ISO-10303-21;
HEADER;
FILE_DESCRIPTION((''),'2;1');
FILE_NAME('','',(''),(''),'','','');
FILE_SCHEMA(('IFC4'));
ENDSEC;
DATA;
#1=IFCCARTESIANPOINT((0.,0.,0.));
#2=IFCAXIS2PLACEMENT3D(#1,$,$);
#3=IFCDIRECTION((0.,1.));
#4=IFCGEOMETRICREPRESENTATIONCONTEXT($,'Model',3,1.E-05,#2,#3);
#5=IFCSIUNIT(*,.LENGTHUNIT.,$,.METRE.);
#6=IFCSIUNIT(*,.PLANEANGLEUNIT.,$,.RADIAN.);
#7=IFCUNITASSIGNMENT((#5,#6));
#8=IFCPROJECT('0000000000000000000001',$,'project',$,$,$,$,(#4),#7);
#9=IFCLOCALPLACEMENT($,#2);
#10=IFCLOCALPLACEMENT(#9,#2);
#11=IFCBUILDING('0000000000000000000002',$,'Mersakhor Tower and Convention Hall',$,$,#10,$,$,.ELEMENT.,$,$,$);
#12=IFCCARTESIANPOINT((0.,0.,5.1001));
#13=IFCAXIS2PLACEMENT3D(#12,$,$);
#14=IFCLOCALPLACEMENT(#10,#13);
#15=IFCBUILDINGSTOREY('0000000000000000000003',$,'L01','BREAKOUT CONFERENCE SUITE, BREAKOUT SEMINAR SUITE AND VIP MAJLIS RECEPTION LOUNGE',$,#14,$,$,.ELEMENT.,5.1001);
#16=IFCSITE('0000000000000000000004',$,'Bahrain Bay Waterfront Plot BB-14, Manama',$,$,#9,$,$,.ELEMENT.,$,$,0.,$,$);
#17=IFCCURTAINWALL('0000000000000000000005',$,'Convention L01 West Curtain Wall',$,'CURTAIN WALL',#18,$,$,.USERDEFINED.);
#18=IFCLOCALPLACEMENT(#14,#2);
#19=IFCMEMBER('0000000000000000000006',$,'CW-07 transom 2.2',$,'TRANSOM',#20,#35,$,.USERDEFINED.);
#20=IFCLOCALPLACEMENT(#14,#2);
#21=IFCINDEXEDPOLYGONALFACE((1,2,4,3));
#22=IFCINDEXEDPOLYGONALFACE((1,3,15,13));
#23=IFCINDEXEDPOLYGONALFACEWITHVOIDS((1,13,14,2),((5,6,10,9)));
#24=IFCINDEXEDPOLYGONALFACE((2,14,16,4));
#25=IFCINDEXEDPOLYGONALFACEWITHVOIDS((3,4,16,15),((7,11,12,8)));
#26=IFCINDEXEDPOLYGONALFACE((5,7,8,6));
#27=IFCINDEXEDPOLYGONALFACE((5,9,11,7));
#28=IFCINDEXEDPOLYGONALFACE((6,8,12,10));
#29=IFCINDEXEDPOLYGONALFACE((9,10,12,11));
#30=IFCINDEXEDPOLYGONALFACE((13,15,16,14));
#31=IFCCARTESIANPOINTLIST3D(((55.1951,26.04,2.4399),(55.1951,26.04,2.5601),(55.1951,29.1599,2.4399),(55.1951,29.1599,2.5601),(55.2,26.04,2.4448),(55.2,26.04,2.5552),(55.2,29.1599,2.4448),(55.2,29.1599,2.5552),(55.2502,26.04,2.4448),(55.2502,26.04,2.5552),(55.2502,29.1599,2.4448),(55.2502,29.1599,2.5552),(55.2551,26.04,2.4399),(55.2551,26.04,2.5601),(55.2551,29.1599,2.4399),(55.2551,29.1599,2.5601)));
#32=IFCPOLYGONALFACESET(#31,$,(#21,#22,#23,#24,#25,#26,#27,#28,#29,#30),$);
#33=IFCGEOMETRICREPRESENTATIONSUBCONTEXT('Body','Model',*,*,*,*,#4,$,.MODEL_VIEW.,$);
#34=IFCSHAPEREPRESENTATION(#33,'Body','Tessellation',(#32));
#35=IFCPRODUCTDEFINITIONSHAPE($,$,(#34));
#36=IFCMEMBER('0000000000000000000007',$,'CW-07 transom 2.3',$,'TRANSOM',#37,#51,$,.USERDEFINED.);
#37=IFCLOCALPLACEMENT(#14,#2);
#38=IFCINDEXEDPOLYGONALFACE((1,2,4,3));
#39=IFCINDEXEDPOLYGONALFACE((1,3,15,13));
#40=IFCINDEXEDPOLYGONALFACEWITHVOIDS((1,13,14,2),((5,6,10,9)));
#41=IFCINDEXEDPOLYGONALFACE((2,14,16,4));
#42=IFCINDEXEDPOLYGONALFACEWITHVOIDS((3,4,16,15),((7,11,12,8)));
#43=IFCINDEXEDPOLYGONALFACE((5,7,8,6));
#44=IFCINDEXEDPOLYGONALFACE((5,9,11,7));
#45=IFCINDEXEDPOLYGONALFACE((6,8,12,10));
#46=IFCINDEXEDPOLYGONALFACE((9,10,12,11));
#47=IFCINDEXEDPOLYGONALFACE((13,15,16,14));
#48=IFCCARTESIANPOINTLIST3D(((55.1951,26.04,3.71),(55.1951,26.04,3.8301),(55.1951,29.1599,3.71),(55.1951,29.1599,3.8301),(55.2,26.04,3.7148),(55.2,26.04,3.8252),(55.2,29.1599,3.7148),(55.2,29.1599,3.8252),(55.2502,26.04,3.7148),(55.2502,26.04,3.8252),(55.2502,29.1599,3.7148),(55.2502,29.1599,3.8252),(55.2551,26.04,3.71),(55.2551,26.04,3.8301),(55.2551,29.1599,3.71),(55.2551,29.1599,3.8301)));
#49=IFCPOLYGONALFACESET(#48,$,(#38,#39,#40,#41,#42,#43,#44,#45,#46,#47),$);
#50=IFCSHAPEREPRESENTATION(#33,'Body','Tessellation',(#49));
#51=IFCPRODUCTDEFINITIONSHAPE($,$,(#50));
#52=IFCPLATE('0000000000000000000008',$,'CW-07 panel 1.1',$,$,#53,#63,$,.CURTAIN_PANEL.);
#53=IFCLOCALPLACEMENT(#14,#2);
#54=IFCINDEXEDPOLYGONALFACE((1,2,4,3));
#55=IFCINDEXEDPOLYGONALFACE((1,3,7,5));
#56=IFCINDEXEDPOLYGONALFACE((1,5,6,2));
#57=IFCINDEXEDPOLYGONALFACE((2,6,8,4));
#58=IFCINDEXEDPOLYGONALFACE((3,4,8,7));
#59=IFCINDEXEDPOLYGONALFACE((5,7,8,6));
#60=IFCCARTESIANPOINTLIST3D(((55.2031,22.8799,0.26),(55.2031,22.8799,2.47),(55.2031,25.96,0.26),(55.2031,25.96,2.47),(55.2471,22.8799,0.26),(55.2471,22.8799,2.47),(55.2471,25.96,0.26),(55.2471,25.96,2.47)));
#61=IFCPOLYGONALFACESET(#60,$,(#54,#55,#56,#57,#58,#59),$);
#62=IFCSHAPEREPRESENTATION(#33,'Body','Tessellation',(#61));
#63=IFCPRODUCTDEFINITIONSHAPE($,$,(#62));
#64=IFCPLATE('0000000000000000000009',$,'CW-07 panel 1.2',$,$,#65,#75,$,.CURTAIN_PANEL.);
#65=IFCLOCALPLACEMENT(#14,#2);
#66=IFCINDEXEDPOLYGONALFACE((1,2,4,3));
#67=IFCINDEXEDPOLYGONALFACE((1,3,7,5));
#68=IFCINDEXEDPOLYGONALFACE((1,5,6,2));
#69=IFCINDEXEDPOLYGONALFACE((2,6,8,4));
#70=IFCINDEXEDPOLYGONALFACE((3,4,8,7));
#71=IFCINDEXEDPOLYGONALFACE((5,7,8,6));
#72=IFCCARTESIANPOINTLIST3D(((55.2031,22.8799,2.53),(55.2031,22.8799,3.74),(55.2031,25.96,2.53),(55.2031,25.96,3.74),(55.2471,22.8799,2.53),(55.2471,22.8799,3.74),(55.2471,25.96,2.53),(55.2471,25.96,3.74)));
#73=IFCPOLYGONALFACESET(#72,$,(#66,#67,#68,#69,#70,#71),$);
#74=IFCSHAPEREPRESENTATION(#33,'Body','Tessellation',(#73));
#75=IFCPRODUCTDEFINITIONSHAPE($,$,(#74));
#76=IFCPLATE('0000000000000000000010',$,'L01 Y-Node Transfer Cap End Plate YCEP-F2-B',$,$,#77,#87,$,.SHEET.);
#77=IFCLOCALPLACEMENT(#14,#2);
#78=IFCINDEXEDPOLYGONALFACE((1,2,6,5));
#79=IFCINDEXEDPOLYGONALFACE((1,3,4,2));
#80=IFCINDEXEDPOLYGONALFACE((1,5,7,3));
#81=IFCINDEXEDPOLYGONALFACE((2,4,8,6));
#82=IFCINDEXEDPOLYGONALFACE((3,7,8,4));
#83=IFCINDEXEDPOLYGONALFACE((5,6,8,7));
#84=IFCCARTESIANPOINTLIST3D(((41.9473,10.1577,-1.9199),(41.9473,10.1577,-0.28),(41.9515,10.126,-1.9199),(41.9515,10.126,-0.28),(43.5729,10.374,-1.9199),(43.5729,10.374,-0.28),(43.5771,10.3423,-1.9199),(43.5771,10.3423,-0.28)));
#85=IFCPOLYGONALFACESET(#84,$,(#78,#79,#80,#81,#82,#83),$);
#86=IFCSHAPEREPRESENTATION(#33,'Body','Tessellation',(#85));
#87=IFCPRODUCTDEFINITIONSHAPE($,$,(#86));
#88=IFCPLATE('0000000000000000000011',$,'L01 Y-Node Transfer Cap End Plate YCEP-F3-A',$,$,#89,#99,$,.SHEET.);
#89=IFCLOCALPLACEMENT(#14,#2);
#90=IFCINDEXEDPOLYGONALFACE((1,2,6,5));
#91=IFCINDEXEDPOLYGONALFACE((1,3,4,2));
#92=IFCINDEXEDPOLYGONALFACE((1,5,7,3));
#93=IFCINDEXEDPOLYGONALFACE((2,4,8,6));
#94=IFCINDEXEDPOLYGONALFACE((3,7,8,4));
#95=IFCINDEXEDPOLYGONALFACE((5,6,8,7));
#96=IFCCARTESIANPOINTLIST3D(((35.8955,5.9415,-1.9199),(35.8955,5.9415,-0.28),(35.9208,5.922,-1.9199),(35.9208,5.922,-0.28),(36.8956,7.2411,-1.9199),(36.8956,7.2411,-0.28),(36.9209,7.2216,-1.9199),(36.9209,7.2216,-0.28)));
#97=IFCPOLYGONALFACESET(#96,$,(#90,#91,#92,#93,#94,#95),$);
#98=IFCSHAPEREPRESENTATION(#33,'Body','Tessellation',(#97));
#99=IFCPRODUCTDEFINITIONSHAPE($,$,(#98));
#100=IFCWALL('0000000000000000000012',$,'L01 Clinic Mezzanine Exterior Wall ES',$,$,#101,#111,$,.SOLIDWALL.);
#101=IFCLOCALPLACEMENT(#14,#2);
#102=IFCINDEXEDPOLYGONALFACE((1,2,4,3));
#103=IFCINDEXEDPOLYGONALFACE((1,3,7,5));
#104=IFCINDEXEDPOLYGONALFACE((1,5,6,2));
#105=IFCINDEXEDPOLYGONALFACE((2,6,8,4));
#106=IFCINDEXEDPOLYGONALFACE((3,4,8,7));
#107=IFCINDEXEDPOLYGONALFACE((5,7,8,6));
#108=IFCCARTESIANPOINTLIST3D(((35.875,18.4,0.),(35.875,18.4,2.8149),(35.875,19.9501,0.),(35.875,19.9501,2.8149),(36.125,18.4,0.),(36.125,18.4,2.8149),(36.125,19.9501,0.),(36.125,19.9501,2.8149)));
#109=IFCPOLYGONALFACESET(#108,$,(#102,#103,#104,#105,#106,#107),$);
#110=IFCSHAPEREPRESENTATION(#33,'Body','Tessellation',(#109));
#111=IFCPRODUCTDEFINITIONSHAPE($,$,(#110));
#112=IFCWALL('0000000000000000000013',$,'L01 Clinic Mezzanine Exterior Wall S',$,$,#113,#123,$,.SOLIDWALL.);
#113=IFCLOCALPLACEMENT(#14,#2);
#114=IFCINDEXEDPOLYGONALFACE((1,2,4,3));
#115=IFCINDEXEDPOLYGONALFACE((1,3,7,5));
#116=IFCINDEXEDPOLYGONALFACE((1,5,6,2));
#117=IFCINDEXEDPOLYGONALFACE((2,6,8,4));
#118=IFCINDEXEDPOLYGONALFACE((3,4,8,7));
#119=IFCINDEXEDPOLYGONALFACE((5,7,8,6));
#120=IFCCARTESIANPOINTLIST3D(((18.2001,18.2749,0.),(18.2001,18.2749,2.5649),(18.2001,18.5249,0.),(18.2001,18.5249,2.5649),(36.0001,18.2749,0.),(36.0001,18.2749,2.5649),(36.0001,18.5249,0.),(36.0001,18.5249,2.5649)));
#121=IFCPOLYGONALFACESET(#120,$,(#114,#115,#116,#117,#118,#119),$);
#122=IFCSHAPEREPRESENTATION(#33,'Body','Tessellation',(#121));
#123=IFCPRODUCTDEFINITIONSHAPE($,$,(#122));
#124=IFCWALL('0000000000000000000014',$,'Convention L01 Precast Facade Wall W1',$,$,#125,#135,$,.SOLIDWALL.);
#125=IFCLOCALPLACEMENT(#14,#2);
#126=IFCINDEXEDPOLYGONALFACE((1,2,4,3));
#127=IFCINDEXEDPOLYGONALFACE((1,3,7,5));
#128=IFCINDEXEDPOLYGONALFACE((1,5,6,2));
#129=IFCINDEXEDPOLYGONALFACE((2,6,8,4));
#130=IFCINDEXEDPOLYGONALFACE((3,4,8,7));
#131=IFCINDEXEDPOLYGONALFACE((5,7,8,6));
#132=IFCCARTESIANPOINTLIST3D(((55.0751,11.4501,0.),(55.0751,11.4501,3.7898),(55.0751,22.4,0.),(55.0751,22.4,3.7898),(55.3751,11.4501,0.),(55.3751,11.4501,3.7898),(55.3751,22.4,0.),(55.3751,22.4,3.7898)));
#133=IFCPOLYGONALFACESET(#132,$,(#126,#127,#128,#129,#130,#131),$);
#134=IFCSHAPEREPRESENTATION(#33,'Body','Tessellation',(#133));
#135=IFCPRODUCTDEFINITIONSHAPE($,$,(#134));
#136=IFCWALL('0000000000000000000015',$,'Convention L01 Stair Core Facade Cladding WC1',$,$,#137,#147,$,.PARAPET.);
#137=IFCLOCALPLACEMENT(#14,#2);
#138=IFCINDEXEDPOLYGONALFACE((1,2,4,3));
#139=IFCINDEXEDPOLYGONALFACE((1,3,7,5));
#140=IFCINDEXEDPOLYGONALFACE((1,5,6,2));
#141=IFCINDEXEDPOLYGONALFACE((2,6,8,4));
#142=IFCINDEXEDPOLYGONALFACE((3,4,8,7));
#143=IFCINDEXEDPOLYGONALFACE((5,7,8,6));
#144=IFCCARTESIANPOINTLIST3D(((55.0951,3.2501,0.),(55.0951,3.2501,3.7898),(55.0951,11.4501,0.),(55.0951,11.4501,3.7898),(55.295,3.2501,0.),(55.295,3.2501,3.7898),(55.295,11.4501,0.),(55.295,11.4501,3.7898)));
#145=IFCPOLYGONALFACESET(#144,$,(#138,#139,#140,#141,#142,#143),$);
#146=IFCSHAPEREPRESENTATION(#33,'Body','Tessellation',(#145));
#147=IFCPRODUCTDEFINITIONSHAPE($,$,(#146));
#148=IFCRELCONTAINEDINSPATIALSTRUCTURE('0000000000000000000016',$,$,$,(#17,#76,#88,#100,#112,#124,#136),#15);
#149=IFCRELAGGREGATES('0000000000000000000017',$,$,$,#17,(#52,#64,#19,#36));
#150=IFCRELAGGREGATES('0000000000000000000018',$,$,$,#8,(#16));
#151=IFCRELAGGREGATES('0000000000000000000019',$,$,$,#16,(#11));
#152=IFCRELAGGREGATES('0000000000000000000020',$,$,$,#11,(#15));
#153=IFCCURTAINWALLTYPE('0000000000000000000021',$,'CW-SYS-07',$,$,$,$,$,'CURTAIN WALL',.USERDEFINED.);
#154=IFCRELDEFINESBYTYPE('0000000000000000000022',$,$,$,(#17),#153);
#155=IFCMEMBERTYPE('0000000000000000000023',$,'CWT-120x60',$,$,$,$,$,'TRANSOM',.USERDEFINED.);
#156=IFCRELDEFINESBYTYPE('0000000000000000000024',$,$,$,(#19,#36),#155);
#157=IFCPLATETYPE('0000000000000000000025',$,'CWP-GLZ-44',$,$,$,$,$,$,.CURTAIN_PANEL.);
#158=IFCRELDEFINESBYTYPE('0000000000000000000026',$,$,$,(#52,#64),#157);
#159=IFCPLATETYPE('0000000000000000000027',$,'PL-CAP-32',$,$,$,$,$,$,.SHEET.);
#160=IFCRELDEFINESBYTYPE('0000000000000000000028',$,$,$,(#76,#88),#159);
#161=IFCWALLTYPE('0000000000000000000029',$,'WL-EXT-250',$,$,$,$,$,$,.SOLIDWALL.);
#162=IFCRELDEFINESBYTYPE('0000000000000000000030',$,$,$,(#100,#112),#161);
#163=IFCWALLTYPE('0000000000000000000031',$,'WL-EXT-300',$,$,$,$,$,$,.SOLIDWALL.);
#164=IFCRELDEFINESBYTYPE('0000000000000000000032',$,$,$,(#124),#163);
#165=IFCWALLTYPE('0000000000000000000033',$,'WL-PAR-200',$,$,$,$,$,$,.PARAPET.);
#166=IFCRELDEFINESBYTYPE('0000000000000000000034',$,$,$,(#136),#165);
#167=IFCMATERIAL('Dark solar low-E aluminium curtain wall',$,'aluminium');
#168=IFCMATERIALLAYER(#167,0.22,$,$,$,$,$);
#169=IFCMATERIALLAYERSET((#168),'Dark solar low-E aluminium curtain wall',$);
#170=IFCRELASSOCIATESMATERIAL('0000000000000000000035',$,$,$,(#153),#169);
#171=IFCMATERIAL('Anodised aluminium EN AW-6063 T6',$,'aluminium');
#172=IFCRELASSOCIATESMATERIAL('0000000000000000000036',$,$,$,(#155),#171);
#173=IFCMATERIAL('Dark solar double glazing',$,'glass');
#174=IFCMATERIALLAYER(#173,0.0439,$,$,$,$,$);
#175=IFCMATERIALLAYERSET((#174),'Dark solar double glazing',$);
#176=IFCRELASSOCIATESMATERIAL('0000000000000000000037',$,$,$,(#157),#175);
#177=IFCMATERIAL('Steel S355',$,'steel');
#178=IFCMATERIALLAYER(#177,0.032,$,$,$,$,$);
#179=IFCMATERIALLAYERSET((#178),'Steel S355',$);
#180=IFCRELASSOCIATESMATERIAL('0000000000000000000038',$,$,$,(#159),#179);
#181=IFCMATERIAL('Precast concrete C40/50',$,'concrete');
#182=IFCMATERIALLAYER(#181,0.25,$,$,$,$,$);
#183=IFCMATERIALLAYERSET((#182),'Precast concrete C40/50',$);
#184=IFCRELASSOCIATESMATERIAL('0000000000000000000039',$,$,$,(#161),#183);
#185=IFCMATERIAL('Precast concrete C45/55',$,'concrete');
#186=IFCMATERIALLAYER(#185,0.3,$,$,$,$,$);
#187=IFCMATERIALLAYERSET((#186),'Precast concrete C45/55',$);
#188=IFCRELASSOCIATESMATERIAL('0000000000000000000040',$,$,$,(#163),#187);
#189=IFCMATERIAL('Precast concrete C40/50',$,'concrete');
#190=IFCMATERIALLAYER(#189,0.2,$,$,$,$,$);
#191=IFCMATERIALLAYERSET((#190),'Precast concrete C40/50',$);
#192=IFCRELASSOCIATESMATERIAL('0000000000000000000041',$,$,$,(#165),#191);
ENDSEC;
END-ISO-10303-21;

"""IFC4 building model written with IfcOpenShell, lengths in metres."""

from ifc_helpers import new_model, si_unit, direction, frame, frame_2d, origin, origin_2d, place, context, subcontext, project, spatial, rectangle, hollow_rectangle, extrude, material, layer, layer_set, material_profile, profile_set, type_object, element, aggregate, save


model = new_model("IFC4")

# Units and contexts
model_context = context("Model", 3, precision=1e-05, world=origin(), true_north=direction((0.0, 1.0)))
body_context = subcontext(model_context, "Body", "Model", "MODEL_VIEW")
ifc_project = project(units=[si_unit("LENGTHUNIT", "METRE"), si_unit("PLANEANGLEUNIT", "RADIAN")], contexts=[model_context])

# Site, building, storey
site_placement = place(None, origin())
site = spatial("IfcSite", under=ifc_project, at=site_placement, Name="Bahrain Bay Waterfront Plot BB-14, Manama", CompositionType="ELEMENT", RefElevation=0.0)
building_placement = place(site_placement, origin())
building = spatial("IfcBuilding", under=site, at=building_placement, Name="Mersakhor Tower and Convention Hall", CompositionType="ELEMENT")
storey_placement = place(building_placement, frame((0.0, 0.0, 5.1001)))
storey = spatial("IfcBuildingStorey", under=building, at=storey_placement, Name="L01", Description="BREAKOUT CONFERENCE SUITE, BREAKOUT SEMINAR SUITE AND VIP MAJLIS RECEPTION LOUNGE", CompositionType="ELEMENT", Elevation=5.1001)

# Curtain wall, members, plates
ifc_material_1 = material(Name="Dark solar low-E aluminium curtain wall", Category="aluminium")
ifc_layer_1 = layer(ifc_material_1, 0.22)
ifc_layer_set_1 = layer_set([ifc_layer_1], Name="Dark solar low-E aluminium curtain wall")
curtain_wall_type = type_object("IfcCurtainWallType", Name="CW-SYS-07", ElementType="CURTAIN WALL", PredefinedType="USERDEFINED", material=ifc_layer_set_1)
curtain_wall_placement = place(storey_placement, origin())
curtain_wall = element("IfcCurtainWall", 1, at=curtain_wall_placement, inside=storey, type_object=curtain_wall_type, Name="Convention L01 West Curtain Wall", ObjectType="CURTAIN WALL", PredefinedType="USERDEFINED")
ifc_material_2 = material(Name="Anodised aluminium EN AW-6063 T6", Category="aluminium")
ifc_material_profile_1 = material_profile(ifc_material_2, hollow_rectangle(XDim=0.0601, YDim=0.1201, WallThickness=0.0049, at=origin_2d()), Name="RHS 120x60x5")
ifc_profile_set_1 = profile_set([ifc_material_profile_1], Name="Anodised aluminium EN AW-6063 T6")
member_type_1 = type_object("IfcMemberType", Name="CWT-120x60", ElementType="TRANSOM", PredefinedType="USERDEFINED", material=ifc_profile_set_1)
member_1_placement = place(storey_placement, frame((55.2251, 26.04, 2.5), z_axis=(0.0, 1.0, 0.0), x_axis=(-1.0, 0.0, 0.0)))
member_1 = element("IfcMember", 2, at=member_1_placement, type_object=member_type_1, Name="CW-07 transom 2.2", ObjectType="TRANSOM", PredefinedType="USERDEFINED", context=body_context, shape_type="SweptSolid", body=[
    extrude(hollow_rectangle(XDim=0.0601, YDim=0.1201, WallThickness=0.0049, at=origin_2d()), origin(), (0.0, 0.0, 1.0), 3.1199),
])
member_2_placement = place(storey_placement, frame((55.2251, 26.04, 3.77), z_axis=(0.0, 1.0, 0.0), x_axis=(-1.0, 0.0, 0.0)))
member_2 = element("IfcMember", 3, at=member_2_placement, type_object=member_type_1, Name="CW-07 transom 2.3", ObjectType="TRANSOM", PredefinedType="USERDEFINED", context=body_context, shape_type="SweptSolid", body=[
    extrude(hollow_rectangle(XDim=0.0601, YDim=0.1201, WallThickness=0.0049, at=origin_2d()), origin(), (0.0, 0.0, 1.0), 3.1199),
])
ifc_material_3 = material(Name="Dark solar double glazing", Category="glass")
ifc_layer_2 = layer(ifc_material_3, 0.0439)
ifc_layer_set_2 = layer_set([ifc_layer_2], Name="Dark solar double glazing")
plate_type_1 = type_object("IfcPlateType", Name="CWP-GLZ-44", PredefinedType="CURTAIN_PANEL", material=ifc_layer_set_2)
plate_1_placement = place(storey_placement, frame((55.2251, 24.4199, 0.26), z_axis=(0.0, 0.0, 1.0), x_axis=(0.0, 1.0, 0.0)))
plate_1 = element("IfcPlate", 4, at=plate_1_placement, type_object=plate_type_1, Name="CW-07 panel 1.1", PredefinedType="CURTAIN_PANEL", context=body_context, shape_type="SweptSolid", body=[
    extrude(rectangle(XDim=3.0801, YDim=0.0439, at=origin_2d()), origin(), (0.0, 0.0, 1.0), 2.21),
])
plate_2_placement = place(storey_placement, frame((55.2251, 24.4199, 2.53), z_axis=(0.0, 0.0, 1.0), x_axis=(0.0, 1.0, 0.0)))
plate_2 = element("IfcPlate", 5, at=plate_2_placement, type_object=plate_type_1, Name="CW-07 panel 1.2", PredefinedType="CURTAIN_PANEL", context=body_context, shape_type="SweptSolid", body=[
    extrude(rectangle(XDim=3.0801, YDim=0.0439, at=origin_2d()), origin(), (0.0, 0.0, 1.0), 1.21),
])
aggregate(curtain_wall, [plate_1, plate_2, member_1, member_2])

# Plates
ifc_material_4 = material(Name="Steel S355", Category="steel")
ifc_layer_3 = layer(ifc_material_4, 0.032)
ifc_layer_set_3 = layer_set([ifc_layer_3], Name="Steel S355")
plate_type_2 = type_object("IfcPlateType", Name="PL-CAP-32", PredefinedType="SHEET", material=ifc_layer_set_3)
for number, where, z_axis, x_axis, name in (
    (6, (42.7622, 10.25, -1.9199), (0.0, 0.0, 1.0), (0.13191, -0.991262, 0.0), "L01 Y-Node Transfer Cap End Plate YCEP-F2-B"),
    (7, (36.4082, 6.5815, -1.9199), (0.0, 0.0, 1.0), (0.792503, -0.609869, 0.0), "L01 Y-Node Transfer Cap End Plate YCEP-F3-A"),
):
    element("IfcPlate", number, at=place(storey_placement, frame(where, z_axis=z_axis, x_axis=x_axis)), inside=storey, type_object=plate_type_2, Name=name, PredefinedType="SHEET", context=body_context, shape_type="SweptSolid", body=[
        extrude(rectangle(XDim=0.032, YDim=1.6399, at=origin_2d()), origin(), (0.0, 0.0, 1.0), 1.6399),
    ])

# Walls
ifc_material_5 = material(Name="Precast concrete C40/50", Category="concrete")
ifc_layer_4 = layer(ifc_material_5, 0.25)
ifc_layer_set_4 = layer_set([ifc_layer_4], Name="Precast concrete C40/50")
wall_type_1 = type_object("IfcWallType", Name="WL-EXT-250", PredefinedType="SOLIDWALL", material=ifc_layer_set_4)
wall_1_placement = place(storey_placement, frame((36.0, 19.95, 0.0), z_axis=(0.0, 0.0, 1.0), x_axis=(0.0, -1.0, 0.0)))
element("IfcWall", 8, at=wall_1_placement, inside=storey, type_object=wall_type_1, Name="L01 Clinic Mezzanine Exterior Wall ES", PredefinedType="SOLIDWALL", context=body_context, shape_type="SweptSolid", body=[
    extrude(rectangle(XDim=1.55, YDim=0.25, at=frame_2d((0.7749, 0.0))), origin(), (0.0, 0.0, 1.0), 2.8149),
])
wall_2_placement = place(storey_placement, frame((36.0, 18.3999, 0.0), z_axis=(0.0, 0.0, 1.0), x_axis=(-1.0, 0.0, 0.0)))
element("IfcWall", 9, at=wall_2_placement, inside=storey, type_object=wall_type_1, Name="L01 Clinic Mezzanine Exterior Wall S", PredefinedType="SOLIDWALL", context=body_context, shape_type="SweptSolid", body=[
    extrude(rectangle(XDim=17.8, YDim=0.25, at=frame_2d((8.8999, 0.0))), origin(), (0.0, 0.0, 1.0), 2.5649),
])
ifc_material_6 = material(Name="Precast concrete C45/55", Category="concrete")
ifc_layer_5 = layer(ifc_material_6, 0.3)
ifc_layer_set_5 = layer_set([ifc_layer_5], Name="Precast concrete C45/55")
wall_type_2 = type_object("IfcWallType", Name="WL-EXT-300", PredefinedType="SOLIDWALL", material=ifc_layer_set_5)
wall_3_placement = place(storey_placement, frame((55.2251, 11.45, 0.0), z_axis=(0.0, 0.0, 1.0), x_axis=(0.0, 1.0, 0.0)))
element("IfcWall", 10, at=wall_3_placement, inside=storey, type_object=wall_type_2, Name="Convention L01 Precast Facade Wall W1", PredefinedType="SOLIDWALL", context=body_context, shape_type="SweptSolid", body=[
    extrude(rectangle(XDim=10.95, YDim=0.3, at=frame_2d((5.4751, 0.0))), origin(), (0.0, 0.0, 1.0), 3.7898),
])
ifc_material_7 = material(Name="Precast concrete C40/50", Category="concrete")
ifc_layer_6 = layer(ifc_material_7, 0.2)
ifc_layer_set_6 = layer_set([ifc_layer_6], Name="Precast concrete C40/50")
wall_type_3 = type_object("IfcWallType", Name="WL-PAR-200", PredefinedType="PARAPET", material=ifc_layer_set_6)
wall_4_placement = place(storey_placement, frame((55.1951, 3.25, 0.0), z_axis=(0.0, 0.0, 1.0), x_axis=(0.0, 1.0, 0.0)))
element("IfcWall", 11, at=wall_4_placement, inside=storey, type_object=wall_type_3, Name="Convention L01 Stair Core Facade Cladding WC1", PredefinedType="PARAPET", context=body_context, shape_type="SweptSolid", body=[
    extrude(rectangle(XDim=8.2, YDim=0.2, at=frame_2d((4.1001, 0.0))), origin(), (0.0, 0.0, 1.0), 3.7898),
])

save(model, "model.ifc")
